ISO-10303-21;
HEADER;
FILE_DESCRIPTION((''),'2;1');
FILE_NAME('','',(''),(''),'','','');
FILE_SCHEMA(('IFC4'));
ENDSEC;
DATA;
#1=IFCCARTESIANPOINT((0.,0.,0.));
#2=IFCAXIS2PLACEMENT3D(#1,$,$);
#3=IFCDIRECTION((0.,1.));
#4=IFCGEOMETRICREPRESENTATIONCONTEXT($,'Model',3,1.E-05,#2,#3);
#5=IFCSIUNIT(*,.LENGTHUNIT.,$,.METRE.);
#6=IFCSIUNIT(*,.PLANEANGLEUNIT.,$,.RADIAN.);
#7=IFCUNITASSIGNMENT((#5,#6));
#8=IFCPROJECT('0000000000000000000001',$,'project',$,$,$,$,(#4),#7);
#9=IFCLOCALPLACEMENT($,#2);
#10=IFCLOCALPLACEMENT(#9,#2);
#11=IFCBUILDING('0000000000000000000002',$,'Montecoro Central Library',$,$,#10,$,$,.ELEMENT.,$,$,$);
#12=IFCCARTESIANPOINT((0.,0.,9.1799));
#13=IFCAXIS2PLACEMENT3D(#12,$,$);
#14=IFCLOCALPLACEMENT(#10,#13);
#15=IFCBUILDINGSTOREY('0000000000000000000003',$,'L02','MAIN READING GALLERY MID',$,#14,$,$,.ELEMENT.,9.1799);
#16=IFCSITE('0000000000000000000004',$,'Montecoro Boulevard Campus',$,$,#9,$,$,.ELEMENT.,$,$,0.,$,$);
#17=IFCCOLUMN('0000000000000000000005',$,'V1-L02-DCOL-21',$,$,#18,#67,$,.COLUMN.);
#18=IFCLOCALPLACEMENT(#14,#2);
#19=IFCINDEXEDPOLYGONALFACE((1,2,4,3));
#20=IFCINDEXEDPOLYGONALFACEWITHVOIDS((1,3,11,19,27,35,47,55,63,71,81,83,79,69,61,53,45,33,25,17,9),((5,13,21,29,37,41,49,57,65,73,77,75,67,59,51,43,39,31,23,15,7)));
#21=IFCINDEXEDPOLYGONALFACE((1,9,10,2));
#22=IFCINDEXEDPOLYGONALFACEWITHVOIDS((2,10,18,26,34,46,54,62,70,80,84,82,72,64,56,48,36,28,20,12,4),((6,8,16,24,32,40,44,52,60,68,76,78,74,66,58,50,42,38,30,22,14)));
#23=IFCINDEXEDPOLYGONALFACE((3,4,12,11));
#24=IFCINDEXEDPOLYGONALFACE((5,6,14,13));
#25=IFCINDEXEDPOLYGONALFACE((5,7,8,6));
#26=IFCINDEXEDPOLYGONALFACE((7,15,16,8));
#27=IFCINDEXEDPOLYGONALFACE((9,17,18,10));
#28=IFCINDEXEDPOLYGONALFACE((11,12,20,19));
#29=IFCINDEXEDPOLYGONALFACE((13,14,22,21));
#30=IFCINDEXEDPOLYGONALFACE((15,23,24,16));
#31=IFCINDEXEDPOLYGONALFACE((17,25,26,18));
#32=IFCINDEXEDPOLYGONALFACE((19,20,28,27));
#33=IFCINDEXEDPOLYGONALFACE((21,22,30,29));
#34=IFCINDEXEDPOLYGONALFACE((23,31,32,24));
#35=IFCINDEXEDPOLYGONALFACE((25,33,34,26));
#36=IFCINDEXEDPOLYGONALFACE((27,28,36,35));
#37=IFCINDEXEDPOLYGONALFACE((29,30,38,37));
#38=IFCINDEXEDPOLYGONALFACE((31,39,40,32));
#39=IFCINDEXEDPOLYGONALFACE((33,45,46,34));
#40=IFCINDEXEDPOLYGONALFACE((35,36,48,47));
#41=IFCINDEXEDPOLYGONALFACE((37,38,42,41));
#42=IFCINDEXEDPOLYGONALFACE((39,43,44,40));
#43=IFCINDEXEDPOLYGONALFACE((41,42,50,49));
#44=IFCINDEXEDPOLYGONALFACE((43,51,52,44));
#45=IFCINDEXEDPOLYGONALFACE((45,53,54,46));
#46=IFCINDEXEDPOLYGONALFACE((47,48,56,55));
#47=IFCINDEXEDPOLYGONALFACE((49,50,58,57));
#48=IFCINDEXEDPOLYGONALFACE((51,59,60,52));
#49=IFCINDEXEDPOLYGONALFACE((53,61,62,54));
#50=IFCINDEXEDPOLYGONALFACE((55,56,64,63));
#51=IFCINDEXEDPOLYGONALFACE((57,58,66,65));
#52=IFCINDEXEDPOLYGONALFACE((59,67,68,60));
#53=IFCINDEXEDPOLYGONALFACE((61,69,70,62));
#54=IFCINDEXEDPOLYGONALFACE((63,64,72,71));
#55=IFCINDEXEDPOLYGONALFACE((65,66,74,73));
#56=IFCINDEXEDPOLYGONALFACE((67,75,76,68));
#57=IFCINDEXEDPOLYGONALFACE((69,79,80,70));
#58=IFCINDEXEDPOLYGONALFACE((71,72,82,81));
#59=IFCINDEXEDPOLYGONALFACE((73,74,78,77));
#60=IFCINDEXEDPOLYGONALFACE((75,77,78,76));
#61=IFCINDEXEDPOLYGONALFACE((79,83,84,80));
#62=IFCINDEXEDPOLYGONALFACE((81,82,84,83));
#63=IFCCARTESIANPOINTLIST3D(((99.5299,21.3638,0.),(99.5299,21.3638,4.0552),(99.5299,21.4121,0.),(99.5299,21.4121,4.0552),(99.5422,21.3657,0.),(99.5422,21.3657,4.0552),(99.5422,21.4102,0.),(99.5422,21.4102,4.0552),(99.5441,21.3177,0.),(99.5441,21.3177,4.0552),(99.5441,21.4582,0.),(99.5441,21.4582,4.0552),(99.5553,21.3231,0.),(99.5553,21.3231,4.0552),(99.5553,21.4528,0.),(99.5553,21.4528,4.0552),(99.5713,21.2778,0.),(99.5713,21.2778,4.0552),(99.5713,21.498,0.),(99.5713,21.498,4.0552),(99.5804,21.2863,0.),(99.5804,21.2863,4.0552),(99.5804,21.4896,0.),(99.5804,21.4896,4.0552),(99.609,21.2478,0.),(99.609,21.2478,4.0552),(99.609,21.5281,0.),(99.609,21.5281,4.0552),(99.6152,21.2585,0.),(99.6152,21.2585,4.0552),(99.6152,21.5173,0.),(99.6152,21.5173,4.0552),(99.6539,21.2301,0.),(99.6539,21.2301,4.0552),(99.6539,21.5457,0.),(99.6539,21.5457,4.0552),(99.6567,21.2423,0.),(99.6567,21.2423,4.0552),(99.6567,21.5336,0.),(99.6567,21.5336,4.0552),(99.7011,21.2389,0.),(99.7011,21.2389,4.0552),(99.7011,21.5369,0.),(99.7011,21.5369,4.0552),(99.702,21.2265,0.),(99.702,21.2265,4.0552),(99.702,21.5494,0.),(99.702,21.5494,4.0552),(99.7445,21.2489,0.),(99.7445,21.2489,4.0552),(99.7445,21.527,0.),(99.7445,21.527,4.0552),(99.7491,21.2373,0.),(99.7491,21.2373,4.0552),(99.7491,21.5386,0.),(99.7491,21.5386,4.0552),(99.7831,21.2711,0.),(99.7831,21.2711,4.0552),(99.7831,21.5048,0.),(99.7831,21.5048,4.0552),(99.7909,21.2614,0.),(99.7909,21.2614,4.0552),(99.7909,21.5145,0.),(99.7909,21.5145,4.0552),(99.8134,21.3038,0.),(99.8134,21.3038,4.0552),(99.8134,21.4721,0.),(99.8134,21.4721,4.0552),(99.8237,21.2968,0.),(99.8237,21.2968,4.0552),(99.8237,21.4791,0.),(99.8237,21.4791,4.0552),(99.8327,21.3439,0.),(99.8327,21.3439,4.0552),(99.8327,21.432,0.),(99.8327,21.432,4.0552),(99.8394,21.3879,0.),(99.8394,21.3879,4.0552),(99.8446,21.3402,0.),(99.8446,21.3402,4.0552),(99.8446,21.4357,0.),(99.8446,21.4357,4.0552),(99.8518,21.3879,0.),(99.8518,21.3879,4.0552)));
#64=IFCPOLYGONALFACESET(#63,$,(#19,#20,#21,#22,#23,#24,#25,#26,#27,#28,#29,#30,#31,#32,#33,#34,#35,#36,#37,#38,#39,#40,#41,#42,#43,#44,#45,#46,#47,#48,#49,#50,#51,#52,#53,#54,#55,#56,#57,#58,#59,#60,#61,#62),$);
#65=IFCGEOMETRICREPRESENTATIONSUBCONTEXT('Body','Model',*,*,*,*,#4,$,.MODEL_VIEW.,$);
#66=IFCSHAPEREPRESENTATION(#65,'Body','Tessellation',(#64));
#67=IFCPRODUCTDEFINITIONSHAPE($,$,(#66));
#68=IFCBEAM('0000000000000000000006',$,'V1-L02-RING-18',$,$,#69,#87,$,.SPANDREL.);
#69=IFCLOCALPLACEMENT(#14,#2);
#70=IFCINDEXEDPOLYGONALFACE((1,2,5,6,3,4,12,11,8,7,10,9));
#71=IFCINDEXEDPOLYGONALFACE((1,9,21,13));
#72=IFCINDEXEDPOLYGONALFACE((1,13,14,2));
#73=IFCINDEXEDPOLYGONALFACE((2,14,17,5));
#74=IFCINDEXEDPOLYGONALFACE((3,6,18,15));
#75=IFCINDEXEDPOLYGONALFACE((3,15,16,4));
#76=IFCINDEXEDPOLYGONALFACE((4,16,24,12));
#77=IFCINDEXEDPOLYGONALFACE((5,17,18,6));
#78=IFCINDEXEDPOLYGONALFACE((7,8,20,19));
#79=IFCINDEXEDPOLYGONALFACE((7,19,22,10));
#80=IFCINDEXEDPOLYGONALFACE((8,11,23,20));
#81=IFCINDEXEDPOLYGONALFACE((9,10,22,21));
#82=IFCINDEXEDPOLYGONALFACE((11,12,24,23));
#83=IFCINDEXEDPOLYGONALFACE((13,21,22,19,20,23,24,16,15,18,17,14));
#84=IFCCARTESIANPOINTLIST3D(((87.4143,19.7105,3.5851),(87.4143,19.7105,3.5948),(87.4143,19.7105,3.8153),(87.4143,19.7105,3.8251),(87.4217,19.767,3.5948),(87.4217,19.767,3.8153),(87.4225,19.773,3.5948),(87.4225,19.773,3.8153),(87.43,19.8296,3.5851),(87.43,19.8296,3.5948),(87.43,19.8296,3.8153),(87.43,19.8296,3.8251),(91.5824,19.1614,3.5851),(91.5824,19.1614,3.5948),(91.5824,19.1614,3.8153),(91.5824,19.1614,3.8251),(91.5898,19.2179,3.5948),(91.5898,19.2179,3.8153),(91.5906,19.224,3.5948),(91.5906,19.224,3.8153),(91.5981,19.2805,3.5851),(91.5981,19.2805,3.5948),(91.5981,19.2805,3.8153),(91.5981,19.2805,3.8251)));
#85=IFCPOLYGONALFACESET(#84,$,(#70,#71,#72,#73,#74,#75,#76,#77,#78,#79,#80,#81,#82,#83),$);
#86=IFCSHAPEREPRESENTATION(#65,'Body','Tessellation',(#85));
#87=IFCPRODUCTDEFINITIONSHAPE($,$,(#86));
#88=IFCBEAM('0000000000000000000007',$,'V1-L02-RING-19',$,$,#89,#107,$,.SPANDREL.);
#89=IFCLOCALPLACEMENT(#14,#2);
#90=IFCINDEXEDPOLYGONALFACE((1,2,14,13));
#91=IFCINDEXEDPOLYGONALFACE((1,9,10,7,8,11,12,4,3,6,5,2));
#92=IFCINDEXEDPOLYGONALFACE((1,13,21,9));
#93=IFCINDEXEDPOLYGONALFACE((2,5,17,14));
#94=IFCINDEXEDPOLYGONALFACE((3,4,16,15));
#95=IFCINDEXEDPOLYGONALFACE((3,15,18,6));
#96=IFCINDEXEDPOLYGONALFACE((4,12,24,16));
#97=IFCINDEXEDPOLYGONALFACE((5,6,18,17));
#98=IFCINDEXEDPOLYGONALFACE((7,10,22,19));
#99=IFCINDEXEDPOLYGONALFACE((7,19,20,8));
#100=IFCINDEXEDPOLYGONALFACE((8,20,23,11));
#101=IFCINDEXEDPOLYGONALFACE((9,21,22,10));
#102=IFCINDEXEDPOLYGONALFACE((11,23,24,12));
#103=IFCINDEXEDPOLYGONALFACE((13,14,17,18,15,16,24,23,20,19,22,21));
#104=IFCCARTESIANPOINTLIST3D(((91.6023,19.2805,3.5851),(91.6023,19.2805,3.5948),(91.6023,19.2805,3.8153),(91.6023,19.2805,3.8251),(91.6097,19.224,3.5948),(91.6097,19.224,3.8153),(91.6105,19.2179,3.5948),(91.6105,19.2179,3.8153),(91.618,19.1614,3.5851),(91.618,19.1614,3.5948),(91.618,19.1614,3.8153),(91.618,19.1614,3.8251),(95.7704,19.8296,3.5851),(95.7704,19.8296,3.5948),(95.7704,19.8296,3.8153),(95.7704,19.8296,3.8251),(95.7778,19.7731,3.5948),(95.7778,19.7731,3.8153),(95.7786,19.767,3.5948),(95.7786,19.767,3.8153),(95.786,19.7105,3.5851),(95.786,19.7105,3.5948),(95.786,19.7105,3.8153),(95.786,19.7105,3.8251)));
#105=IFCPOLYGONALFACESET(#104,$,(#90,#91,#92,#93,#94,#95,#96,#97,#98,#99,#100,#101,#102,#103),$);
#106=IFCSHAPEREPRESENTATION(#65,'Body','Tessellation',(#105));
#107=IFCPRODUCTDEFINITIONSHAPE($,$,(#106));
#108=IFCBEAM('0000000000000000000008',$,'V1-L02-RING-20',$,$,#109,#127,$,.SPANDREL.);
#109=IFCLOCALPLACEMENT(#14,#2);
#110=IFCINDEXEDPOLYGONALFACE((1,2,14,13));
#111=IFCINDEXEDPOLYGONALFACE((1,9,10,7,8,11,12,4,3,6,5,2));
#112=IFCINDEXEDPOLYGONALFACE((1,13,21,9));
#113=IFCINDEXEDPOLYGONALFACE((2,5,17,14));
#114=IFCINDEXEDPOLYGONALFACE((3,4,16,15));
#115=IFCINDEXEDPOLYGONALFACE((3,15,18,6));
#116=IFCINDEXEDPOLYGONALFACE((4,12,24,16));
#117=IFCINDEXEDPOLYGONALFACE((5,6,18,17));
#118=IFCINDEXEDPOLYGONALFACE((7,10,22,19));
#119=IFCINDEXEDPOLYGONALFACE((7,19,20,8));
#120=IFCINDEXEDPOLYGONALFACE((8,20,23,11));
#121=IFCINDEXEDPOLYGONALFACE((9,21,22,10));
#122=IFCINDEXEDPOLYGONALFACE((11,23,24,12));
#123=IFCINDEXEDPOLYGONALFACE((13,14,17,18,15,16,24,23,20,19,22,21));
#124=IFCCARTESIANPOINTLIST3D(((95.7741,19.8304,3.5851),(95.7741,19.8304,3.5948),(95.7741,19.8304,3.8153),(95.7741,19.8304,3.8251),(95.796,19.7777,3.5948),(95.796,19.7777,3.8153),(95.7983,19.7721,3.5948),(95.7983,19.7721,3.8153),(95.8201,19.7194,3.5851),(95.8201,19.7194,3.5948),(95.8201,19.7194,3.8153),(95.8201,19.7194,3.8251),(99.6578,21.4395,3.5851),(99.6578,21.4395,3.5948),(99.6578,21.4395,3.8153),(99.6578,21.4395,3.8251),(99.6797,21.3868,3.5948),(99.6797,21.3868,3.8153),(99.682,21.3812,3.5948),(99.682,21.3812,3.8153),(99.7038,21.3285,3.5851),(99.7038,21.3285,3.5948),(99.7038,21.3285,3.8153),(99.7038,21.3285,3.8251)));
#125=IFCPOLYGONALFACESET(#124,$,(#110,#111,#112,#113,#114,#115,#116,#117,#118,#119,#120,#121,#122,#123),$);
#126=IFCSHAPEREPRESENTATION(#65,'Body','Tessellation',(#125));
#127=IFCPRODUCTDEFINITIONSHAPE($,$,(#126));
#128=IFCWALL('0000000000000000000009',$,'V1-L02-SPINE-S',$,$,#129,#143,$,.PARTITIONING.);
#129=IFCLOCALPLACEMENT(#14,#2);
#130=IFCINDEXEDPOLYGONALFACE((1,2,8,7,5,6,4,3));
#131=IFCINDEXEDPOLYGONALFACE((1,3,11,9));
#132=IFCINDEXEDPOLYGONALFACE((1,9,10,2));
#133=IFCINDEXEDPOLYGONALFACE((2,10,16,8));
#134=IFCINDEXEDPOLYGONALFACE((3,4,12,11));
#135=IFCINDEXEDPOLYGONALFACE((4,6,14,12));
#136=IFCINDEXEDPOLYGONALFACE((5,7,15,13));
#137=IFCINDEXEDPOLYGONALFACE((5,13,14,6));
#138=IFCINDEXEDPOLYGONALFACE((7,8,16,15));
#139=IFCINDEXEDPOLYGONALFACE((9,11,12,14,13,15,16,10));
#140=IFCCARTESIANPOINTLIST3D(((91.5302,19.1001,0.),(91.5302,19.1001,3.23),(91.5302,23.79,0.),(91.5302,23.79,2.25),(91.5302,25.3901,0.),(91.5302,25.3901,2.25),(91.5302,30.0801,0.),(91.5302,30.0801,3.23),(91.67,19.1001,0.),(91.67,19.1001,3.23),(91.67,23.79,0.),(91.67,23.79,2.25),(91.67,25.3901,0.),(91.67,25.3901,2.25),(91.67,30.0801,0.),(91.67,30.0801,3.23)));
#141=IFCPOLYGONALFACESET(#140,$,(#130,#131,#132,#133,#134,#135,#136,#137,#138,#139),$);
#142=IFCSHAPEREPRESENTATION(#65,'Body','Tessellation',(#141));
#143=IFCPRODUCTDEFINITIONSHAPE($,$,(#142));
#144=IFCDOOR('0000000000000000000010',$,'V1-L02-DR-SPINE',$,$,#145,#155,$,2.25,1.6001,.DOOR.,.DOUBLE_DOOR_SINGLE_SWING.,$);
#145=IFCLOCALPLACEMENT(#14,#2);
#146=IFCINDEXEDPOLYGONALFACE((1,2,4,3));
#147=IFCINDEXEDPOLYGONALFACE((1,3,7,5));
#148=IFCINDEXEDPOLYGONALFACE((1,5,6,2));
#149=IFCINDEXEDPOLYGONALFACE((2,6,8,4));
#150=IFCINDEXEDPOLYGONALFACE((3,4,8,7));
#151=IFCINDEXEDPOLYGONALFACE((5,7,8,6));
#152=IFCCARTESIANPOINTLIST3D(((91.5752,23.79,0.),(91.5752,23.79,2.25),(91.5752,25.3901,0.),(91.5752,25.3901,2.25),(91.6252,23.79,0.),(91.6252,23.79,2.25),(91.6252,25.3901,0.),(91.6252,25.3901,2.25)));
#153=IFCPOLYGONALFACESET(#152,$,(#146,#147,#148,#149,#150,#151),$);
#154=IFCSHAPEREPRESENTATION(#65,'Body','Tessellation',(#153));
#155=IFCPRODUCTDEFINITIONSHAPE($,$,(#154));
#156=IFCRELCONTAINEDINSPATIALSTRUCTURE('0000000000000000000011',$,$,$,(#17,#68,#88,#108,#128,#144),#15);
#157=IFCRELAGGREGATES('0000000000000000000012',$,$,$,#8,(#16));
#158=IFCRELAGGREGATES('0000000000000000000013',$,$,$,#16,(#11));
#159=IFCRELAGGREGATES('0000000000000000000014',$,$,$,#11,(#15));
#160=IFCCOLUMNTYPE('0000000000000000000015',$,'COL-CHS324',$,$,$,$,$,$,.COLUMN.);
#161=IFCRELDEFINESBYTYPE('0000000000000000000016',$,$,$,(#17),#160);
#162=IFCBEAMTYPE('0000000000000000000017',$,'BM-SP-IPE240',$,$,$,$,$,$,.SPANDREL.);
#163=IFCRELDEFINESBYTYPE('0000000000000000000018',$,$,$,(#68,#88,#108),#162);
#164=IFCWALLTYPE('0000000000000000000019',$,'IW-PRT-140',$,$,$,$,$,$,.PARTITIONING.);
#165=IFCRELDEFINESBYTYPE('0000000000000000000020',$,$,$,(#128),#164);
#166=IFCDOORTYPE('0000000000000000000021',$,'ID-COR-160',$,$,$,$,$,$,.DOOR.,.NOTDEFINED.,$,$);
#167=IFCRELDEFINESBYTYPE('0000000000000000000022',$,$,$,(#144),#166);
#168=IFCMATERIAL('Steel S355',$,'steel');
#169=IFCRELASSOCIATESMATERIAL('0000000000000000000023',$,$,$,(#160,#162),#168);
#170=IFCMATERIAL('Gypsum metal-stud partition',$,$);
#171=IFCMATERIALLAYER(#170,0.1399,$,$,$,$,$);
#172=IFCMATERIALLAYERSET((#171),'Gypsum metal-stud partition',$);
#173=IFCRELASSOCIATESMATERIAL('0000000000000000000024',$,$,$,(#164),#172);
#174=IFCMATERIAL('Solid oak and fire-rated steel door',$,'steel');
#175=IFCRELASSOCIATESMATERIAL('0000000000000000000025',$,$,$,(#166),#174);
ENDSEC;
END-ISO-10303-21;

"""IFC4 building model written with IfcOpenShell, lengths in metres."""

from ifc_helpers import new_model, si_unit, direction, frame, frame_2d, origin, origin_2d, place, context, subcontext, project, spatial, rectangle, hollow_circle, i_section, extrude, material, layer, layer_set, material_profile, profile_set, type_object, element, fill, save


model = new_model("IFC4")

# Units and contexts
model_context = context("Model", 3, precision=1e-05, world=origin(), true_north=direction((0.0, 1.0)))
body_context = subcontext(model_context, "Body", "Model", "MODEL_VIEW")
ifc_project = project(units=[si_unit("LENGTHUNIT", "METRE"), si_unit("PLANEANGLEUNIT", "RADIAN")], contexts=[model_context])

# Site, building, storey
site_placement = place(None, origin())
site = spatial("IfcSite", under=ifc_project, at=site_placement, Name="Montecoro Boulevard Campus", CompositionType="ELEMENT", RefElevation=0.0)
building_placement = place(site_placement, origin())
building = spatial("IfcBuilding", under=site, at=building_placement, Name="Montecoro Central Library", CompositionType="ELEMENT")
storey_placement = place(building_placement, frame((0.0, 0.0, 9.1799)))
storey = spatial("IfcBuildingStorey", under=building, at=storey_placement, Name="L02", Description="MAIN READING GALLERY MID", CompositionType="ELEMENT", Elevation=9.1799)

# Column
ifc_material_1 = material(Name="Steel S355", Category="steel")
ifc_material_profile_1 = material_profile(ifc_material_1, hollow_circle(Radius=0.1619, WallThickness=0.0125, at=origin_2d()), Name="CHS 323.9x12.5")
ifc_profile_set_1 = profile_set([ifc_material_profile_1], Name="Steel S355")
column_type = type_object("IfcColumnType", Name="COL-CHS324", PredefinedType="COLUMN", material=ifc_profile_set_1)
for number, where, z_axis, x_axis, name in (
    (1, (99.6899, 21.3879, 0.0), (0.0, 0.0, 1.0), (1.0, 0.0, 0.0), "V1-L02-DCOL-21"),
):
    element("IfcColumn", number, at=place(storey_placement, frame(where, z_axis=z_axis, x_axis=x_axis)), inside=storey, type_object=column_type, Name=name, PredefinedType="COLUMN", context=body_context, shape_type="SweptSolid", body=[
        extrude(hollow_circle(Radius=0.1619, WallThickness=0.0125, at=origin_2d()), origin(), (0.0, 0.0, 1.0), 4.0552),
    ])

# Beams
ifc_material_profile_2 = material_profile(ifc_material_1, i_section(OverallWidth=0.1201, OverallDepth=0.24, WebThickness=0.0061, FlangeThickness=0.0098, at=origin_2d()), Name="IPE 240")
ifc_profile_set_2 = profile_set([ifc_material_profile_2], Name="Steel S355")
beam_type = type_object("IfcBeamType", Name="BM-SP-IPE240", PredefinedType="SPANDREL", material=ifc_profile_set_2)
for number, where, z_axis, x_axis, name in (
    (2, (87.4221, 19.77, 3.7051), (0.991434, -0.130608, 0.0), (0.130608, 0.991434, 0.0), "V1-L02-RING-18"),
    (3, (91.6101, 19.2209, 3.7051), (0.991434, 0.130608, 0.0), (-0.130608, 0.991434, 0.0), "V1-L02-RING-19"),
):
    element("IfcBeam", number, at=place(storey_placement, frame(where, z_axis=z_axis, x_axis=x_axis)), inside=storey, type_object=beam_type, Name=name, PredefinedType="SPANDREL", context=body_context, shape_type="SweptSolid", body=[
        extrude(i_section(OverallWidth=0.1201, OverallDepth=0.24, WebThickness=0.0061, FlangeThickness=0.0098, at=origin_2d()), origin(), (0.0, 0.0, 1.0), 4.2041),
    ])
beam_placement = place(storey_placement, frame((95.7971, 19.7749, 3.7051), z_axis=(0.923845, 0.382767, 0.0), x_axis=(-0.382767, 0.923845, 0.0)))
element("IfcBeam", 4, at=beam_placement, inside=storey, type_object=beam_type, Name="V1-L02-RING-20", PredefinedType="SPANDREL", context=body_context, shape_type="SweptSolid", body=[
    extrude(i_section(OverallWidth=0.1201, OverallDepth=0.24, WebThickness=0.0061, FlangeThickness=0.0098, at=origin_2d()), origin(), (0.0, 0.0, 1.0), 4.2039),
])

# Wall, opening, door
ifc_material_2 = material(Name="Gypsum metal-stud partition")
ifc_layer_1 = layer(ifc_material_2, 0.1399)
ifc_layer_set_1 = layer_set([ifc_layer_1], Name="Gypsum metal-stud partition")
wall_type_1 = type_object("IfcWallType", Name="IW-PRT-140", PredefinedType="PARTITIONING", material=ifc_layer_set_1)
wall_1_placement = place(storey_placement, frame((91.6001, 19.1001, 0.0), z_axis=(0.0, 0.0, 1.0), x_axis=(0.0, 1.0, 0.0)))
wall_1 = element("IfcWall", 5, at=wall_1_placement, inside=storey, type_object=wall_type_1, Name="V1-L02-SPINE-S", PredefinedType="PARTITIONING", context=body_context, shape_type="SweptSolid", body=[
    extrude(rectangle(XDim=10.98, YDim=0.1399, at=frame_2d((5.49, 0.0))), origin(), (0.0, 0.0, 1.0), 3.23),
])
opening_1_placement = place(wall_1_placement, frame((4.6899, 0.0, 0.0)))
opening_1 = element("IfcOpeningElement", 6, at=opening_1_placement, cuts=wall_1, PredefinedType="OPENING", context=body_context, shape_type="SweptSolid", body=[
    extrude(rectangle(XDim=1.6001, YDim=2.25, at=frame_2d((0.8, 1.125))), frame((0.0, 0.0798, 0.0), z_axis=(0.0, -1.0, 0.0), x_axis=(1.0, 0.0, 0.0)), (0.0, 0.0, 1.0), 0.1599),
])
ifc_material_3 = material(Name="Solid oak and fire-rated steel door", Category="steel")
door_type = type_object("IfcDoorType", Name="ID-COR-160", OperationType="NOTDEFINED", PredefinedType="DOOR", material=ifc_material_3)
door_placement = place(opening_1_placement, origin())
door = element("IfcDoor", 7, at=door_placement, inside=storey, type_object=door_type, Name="V1-L02-DR-SPINE", OperationType="DOUBLE_DOOR_SINGLE_SWING", OverallHeight=2.25, OverallWidth=1.6001, PredefinedType="DOOR", context=body_context, shape_type="SweptSolid", body=[
    extrude(rectangle(XDim=1.6001, YDim=2.25, at=frame_2d((0.8, 1.125))), frame((0.0, 0.0249, 0.0), z_axis=(0.0, -1.0, 0.0), x_axis=(1.0, 0.0, 0.0)), (0.0, 0.0, 1.0), 0.05),
])
fill(opening_1, door)

save(model, "model.ifc")
